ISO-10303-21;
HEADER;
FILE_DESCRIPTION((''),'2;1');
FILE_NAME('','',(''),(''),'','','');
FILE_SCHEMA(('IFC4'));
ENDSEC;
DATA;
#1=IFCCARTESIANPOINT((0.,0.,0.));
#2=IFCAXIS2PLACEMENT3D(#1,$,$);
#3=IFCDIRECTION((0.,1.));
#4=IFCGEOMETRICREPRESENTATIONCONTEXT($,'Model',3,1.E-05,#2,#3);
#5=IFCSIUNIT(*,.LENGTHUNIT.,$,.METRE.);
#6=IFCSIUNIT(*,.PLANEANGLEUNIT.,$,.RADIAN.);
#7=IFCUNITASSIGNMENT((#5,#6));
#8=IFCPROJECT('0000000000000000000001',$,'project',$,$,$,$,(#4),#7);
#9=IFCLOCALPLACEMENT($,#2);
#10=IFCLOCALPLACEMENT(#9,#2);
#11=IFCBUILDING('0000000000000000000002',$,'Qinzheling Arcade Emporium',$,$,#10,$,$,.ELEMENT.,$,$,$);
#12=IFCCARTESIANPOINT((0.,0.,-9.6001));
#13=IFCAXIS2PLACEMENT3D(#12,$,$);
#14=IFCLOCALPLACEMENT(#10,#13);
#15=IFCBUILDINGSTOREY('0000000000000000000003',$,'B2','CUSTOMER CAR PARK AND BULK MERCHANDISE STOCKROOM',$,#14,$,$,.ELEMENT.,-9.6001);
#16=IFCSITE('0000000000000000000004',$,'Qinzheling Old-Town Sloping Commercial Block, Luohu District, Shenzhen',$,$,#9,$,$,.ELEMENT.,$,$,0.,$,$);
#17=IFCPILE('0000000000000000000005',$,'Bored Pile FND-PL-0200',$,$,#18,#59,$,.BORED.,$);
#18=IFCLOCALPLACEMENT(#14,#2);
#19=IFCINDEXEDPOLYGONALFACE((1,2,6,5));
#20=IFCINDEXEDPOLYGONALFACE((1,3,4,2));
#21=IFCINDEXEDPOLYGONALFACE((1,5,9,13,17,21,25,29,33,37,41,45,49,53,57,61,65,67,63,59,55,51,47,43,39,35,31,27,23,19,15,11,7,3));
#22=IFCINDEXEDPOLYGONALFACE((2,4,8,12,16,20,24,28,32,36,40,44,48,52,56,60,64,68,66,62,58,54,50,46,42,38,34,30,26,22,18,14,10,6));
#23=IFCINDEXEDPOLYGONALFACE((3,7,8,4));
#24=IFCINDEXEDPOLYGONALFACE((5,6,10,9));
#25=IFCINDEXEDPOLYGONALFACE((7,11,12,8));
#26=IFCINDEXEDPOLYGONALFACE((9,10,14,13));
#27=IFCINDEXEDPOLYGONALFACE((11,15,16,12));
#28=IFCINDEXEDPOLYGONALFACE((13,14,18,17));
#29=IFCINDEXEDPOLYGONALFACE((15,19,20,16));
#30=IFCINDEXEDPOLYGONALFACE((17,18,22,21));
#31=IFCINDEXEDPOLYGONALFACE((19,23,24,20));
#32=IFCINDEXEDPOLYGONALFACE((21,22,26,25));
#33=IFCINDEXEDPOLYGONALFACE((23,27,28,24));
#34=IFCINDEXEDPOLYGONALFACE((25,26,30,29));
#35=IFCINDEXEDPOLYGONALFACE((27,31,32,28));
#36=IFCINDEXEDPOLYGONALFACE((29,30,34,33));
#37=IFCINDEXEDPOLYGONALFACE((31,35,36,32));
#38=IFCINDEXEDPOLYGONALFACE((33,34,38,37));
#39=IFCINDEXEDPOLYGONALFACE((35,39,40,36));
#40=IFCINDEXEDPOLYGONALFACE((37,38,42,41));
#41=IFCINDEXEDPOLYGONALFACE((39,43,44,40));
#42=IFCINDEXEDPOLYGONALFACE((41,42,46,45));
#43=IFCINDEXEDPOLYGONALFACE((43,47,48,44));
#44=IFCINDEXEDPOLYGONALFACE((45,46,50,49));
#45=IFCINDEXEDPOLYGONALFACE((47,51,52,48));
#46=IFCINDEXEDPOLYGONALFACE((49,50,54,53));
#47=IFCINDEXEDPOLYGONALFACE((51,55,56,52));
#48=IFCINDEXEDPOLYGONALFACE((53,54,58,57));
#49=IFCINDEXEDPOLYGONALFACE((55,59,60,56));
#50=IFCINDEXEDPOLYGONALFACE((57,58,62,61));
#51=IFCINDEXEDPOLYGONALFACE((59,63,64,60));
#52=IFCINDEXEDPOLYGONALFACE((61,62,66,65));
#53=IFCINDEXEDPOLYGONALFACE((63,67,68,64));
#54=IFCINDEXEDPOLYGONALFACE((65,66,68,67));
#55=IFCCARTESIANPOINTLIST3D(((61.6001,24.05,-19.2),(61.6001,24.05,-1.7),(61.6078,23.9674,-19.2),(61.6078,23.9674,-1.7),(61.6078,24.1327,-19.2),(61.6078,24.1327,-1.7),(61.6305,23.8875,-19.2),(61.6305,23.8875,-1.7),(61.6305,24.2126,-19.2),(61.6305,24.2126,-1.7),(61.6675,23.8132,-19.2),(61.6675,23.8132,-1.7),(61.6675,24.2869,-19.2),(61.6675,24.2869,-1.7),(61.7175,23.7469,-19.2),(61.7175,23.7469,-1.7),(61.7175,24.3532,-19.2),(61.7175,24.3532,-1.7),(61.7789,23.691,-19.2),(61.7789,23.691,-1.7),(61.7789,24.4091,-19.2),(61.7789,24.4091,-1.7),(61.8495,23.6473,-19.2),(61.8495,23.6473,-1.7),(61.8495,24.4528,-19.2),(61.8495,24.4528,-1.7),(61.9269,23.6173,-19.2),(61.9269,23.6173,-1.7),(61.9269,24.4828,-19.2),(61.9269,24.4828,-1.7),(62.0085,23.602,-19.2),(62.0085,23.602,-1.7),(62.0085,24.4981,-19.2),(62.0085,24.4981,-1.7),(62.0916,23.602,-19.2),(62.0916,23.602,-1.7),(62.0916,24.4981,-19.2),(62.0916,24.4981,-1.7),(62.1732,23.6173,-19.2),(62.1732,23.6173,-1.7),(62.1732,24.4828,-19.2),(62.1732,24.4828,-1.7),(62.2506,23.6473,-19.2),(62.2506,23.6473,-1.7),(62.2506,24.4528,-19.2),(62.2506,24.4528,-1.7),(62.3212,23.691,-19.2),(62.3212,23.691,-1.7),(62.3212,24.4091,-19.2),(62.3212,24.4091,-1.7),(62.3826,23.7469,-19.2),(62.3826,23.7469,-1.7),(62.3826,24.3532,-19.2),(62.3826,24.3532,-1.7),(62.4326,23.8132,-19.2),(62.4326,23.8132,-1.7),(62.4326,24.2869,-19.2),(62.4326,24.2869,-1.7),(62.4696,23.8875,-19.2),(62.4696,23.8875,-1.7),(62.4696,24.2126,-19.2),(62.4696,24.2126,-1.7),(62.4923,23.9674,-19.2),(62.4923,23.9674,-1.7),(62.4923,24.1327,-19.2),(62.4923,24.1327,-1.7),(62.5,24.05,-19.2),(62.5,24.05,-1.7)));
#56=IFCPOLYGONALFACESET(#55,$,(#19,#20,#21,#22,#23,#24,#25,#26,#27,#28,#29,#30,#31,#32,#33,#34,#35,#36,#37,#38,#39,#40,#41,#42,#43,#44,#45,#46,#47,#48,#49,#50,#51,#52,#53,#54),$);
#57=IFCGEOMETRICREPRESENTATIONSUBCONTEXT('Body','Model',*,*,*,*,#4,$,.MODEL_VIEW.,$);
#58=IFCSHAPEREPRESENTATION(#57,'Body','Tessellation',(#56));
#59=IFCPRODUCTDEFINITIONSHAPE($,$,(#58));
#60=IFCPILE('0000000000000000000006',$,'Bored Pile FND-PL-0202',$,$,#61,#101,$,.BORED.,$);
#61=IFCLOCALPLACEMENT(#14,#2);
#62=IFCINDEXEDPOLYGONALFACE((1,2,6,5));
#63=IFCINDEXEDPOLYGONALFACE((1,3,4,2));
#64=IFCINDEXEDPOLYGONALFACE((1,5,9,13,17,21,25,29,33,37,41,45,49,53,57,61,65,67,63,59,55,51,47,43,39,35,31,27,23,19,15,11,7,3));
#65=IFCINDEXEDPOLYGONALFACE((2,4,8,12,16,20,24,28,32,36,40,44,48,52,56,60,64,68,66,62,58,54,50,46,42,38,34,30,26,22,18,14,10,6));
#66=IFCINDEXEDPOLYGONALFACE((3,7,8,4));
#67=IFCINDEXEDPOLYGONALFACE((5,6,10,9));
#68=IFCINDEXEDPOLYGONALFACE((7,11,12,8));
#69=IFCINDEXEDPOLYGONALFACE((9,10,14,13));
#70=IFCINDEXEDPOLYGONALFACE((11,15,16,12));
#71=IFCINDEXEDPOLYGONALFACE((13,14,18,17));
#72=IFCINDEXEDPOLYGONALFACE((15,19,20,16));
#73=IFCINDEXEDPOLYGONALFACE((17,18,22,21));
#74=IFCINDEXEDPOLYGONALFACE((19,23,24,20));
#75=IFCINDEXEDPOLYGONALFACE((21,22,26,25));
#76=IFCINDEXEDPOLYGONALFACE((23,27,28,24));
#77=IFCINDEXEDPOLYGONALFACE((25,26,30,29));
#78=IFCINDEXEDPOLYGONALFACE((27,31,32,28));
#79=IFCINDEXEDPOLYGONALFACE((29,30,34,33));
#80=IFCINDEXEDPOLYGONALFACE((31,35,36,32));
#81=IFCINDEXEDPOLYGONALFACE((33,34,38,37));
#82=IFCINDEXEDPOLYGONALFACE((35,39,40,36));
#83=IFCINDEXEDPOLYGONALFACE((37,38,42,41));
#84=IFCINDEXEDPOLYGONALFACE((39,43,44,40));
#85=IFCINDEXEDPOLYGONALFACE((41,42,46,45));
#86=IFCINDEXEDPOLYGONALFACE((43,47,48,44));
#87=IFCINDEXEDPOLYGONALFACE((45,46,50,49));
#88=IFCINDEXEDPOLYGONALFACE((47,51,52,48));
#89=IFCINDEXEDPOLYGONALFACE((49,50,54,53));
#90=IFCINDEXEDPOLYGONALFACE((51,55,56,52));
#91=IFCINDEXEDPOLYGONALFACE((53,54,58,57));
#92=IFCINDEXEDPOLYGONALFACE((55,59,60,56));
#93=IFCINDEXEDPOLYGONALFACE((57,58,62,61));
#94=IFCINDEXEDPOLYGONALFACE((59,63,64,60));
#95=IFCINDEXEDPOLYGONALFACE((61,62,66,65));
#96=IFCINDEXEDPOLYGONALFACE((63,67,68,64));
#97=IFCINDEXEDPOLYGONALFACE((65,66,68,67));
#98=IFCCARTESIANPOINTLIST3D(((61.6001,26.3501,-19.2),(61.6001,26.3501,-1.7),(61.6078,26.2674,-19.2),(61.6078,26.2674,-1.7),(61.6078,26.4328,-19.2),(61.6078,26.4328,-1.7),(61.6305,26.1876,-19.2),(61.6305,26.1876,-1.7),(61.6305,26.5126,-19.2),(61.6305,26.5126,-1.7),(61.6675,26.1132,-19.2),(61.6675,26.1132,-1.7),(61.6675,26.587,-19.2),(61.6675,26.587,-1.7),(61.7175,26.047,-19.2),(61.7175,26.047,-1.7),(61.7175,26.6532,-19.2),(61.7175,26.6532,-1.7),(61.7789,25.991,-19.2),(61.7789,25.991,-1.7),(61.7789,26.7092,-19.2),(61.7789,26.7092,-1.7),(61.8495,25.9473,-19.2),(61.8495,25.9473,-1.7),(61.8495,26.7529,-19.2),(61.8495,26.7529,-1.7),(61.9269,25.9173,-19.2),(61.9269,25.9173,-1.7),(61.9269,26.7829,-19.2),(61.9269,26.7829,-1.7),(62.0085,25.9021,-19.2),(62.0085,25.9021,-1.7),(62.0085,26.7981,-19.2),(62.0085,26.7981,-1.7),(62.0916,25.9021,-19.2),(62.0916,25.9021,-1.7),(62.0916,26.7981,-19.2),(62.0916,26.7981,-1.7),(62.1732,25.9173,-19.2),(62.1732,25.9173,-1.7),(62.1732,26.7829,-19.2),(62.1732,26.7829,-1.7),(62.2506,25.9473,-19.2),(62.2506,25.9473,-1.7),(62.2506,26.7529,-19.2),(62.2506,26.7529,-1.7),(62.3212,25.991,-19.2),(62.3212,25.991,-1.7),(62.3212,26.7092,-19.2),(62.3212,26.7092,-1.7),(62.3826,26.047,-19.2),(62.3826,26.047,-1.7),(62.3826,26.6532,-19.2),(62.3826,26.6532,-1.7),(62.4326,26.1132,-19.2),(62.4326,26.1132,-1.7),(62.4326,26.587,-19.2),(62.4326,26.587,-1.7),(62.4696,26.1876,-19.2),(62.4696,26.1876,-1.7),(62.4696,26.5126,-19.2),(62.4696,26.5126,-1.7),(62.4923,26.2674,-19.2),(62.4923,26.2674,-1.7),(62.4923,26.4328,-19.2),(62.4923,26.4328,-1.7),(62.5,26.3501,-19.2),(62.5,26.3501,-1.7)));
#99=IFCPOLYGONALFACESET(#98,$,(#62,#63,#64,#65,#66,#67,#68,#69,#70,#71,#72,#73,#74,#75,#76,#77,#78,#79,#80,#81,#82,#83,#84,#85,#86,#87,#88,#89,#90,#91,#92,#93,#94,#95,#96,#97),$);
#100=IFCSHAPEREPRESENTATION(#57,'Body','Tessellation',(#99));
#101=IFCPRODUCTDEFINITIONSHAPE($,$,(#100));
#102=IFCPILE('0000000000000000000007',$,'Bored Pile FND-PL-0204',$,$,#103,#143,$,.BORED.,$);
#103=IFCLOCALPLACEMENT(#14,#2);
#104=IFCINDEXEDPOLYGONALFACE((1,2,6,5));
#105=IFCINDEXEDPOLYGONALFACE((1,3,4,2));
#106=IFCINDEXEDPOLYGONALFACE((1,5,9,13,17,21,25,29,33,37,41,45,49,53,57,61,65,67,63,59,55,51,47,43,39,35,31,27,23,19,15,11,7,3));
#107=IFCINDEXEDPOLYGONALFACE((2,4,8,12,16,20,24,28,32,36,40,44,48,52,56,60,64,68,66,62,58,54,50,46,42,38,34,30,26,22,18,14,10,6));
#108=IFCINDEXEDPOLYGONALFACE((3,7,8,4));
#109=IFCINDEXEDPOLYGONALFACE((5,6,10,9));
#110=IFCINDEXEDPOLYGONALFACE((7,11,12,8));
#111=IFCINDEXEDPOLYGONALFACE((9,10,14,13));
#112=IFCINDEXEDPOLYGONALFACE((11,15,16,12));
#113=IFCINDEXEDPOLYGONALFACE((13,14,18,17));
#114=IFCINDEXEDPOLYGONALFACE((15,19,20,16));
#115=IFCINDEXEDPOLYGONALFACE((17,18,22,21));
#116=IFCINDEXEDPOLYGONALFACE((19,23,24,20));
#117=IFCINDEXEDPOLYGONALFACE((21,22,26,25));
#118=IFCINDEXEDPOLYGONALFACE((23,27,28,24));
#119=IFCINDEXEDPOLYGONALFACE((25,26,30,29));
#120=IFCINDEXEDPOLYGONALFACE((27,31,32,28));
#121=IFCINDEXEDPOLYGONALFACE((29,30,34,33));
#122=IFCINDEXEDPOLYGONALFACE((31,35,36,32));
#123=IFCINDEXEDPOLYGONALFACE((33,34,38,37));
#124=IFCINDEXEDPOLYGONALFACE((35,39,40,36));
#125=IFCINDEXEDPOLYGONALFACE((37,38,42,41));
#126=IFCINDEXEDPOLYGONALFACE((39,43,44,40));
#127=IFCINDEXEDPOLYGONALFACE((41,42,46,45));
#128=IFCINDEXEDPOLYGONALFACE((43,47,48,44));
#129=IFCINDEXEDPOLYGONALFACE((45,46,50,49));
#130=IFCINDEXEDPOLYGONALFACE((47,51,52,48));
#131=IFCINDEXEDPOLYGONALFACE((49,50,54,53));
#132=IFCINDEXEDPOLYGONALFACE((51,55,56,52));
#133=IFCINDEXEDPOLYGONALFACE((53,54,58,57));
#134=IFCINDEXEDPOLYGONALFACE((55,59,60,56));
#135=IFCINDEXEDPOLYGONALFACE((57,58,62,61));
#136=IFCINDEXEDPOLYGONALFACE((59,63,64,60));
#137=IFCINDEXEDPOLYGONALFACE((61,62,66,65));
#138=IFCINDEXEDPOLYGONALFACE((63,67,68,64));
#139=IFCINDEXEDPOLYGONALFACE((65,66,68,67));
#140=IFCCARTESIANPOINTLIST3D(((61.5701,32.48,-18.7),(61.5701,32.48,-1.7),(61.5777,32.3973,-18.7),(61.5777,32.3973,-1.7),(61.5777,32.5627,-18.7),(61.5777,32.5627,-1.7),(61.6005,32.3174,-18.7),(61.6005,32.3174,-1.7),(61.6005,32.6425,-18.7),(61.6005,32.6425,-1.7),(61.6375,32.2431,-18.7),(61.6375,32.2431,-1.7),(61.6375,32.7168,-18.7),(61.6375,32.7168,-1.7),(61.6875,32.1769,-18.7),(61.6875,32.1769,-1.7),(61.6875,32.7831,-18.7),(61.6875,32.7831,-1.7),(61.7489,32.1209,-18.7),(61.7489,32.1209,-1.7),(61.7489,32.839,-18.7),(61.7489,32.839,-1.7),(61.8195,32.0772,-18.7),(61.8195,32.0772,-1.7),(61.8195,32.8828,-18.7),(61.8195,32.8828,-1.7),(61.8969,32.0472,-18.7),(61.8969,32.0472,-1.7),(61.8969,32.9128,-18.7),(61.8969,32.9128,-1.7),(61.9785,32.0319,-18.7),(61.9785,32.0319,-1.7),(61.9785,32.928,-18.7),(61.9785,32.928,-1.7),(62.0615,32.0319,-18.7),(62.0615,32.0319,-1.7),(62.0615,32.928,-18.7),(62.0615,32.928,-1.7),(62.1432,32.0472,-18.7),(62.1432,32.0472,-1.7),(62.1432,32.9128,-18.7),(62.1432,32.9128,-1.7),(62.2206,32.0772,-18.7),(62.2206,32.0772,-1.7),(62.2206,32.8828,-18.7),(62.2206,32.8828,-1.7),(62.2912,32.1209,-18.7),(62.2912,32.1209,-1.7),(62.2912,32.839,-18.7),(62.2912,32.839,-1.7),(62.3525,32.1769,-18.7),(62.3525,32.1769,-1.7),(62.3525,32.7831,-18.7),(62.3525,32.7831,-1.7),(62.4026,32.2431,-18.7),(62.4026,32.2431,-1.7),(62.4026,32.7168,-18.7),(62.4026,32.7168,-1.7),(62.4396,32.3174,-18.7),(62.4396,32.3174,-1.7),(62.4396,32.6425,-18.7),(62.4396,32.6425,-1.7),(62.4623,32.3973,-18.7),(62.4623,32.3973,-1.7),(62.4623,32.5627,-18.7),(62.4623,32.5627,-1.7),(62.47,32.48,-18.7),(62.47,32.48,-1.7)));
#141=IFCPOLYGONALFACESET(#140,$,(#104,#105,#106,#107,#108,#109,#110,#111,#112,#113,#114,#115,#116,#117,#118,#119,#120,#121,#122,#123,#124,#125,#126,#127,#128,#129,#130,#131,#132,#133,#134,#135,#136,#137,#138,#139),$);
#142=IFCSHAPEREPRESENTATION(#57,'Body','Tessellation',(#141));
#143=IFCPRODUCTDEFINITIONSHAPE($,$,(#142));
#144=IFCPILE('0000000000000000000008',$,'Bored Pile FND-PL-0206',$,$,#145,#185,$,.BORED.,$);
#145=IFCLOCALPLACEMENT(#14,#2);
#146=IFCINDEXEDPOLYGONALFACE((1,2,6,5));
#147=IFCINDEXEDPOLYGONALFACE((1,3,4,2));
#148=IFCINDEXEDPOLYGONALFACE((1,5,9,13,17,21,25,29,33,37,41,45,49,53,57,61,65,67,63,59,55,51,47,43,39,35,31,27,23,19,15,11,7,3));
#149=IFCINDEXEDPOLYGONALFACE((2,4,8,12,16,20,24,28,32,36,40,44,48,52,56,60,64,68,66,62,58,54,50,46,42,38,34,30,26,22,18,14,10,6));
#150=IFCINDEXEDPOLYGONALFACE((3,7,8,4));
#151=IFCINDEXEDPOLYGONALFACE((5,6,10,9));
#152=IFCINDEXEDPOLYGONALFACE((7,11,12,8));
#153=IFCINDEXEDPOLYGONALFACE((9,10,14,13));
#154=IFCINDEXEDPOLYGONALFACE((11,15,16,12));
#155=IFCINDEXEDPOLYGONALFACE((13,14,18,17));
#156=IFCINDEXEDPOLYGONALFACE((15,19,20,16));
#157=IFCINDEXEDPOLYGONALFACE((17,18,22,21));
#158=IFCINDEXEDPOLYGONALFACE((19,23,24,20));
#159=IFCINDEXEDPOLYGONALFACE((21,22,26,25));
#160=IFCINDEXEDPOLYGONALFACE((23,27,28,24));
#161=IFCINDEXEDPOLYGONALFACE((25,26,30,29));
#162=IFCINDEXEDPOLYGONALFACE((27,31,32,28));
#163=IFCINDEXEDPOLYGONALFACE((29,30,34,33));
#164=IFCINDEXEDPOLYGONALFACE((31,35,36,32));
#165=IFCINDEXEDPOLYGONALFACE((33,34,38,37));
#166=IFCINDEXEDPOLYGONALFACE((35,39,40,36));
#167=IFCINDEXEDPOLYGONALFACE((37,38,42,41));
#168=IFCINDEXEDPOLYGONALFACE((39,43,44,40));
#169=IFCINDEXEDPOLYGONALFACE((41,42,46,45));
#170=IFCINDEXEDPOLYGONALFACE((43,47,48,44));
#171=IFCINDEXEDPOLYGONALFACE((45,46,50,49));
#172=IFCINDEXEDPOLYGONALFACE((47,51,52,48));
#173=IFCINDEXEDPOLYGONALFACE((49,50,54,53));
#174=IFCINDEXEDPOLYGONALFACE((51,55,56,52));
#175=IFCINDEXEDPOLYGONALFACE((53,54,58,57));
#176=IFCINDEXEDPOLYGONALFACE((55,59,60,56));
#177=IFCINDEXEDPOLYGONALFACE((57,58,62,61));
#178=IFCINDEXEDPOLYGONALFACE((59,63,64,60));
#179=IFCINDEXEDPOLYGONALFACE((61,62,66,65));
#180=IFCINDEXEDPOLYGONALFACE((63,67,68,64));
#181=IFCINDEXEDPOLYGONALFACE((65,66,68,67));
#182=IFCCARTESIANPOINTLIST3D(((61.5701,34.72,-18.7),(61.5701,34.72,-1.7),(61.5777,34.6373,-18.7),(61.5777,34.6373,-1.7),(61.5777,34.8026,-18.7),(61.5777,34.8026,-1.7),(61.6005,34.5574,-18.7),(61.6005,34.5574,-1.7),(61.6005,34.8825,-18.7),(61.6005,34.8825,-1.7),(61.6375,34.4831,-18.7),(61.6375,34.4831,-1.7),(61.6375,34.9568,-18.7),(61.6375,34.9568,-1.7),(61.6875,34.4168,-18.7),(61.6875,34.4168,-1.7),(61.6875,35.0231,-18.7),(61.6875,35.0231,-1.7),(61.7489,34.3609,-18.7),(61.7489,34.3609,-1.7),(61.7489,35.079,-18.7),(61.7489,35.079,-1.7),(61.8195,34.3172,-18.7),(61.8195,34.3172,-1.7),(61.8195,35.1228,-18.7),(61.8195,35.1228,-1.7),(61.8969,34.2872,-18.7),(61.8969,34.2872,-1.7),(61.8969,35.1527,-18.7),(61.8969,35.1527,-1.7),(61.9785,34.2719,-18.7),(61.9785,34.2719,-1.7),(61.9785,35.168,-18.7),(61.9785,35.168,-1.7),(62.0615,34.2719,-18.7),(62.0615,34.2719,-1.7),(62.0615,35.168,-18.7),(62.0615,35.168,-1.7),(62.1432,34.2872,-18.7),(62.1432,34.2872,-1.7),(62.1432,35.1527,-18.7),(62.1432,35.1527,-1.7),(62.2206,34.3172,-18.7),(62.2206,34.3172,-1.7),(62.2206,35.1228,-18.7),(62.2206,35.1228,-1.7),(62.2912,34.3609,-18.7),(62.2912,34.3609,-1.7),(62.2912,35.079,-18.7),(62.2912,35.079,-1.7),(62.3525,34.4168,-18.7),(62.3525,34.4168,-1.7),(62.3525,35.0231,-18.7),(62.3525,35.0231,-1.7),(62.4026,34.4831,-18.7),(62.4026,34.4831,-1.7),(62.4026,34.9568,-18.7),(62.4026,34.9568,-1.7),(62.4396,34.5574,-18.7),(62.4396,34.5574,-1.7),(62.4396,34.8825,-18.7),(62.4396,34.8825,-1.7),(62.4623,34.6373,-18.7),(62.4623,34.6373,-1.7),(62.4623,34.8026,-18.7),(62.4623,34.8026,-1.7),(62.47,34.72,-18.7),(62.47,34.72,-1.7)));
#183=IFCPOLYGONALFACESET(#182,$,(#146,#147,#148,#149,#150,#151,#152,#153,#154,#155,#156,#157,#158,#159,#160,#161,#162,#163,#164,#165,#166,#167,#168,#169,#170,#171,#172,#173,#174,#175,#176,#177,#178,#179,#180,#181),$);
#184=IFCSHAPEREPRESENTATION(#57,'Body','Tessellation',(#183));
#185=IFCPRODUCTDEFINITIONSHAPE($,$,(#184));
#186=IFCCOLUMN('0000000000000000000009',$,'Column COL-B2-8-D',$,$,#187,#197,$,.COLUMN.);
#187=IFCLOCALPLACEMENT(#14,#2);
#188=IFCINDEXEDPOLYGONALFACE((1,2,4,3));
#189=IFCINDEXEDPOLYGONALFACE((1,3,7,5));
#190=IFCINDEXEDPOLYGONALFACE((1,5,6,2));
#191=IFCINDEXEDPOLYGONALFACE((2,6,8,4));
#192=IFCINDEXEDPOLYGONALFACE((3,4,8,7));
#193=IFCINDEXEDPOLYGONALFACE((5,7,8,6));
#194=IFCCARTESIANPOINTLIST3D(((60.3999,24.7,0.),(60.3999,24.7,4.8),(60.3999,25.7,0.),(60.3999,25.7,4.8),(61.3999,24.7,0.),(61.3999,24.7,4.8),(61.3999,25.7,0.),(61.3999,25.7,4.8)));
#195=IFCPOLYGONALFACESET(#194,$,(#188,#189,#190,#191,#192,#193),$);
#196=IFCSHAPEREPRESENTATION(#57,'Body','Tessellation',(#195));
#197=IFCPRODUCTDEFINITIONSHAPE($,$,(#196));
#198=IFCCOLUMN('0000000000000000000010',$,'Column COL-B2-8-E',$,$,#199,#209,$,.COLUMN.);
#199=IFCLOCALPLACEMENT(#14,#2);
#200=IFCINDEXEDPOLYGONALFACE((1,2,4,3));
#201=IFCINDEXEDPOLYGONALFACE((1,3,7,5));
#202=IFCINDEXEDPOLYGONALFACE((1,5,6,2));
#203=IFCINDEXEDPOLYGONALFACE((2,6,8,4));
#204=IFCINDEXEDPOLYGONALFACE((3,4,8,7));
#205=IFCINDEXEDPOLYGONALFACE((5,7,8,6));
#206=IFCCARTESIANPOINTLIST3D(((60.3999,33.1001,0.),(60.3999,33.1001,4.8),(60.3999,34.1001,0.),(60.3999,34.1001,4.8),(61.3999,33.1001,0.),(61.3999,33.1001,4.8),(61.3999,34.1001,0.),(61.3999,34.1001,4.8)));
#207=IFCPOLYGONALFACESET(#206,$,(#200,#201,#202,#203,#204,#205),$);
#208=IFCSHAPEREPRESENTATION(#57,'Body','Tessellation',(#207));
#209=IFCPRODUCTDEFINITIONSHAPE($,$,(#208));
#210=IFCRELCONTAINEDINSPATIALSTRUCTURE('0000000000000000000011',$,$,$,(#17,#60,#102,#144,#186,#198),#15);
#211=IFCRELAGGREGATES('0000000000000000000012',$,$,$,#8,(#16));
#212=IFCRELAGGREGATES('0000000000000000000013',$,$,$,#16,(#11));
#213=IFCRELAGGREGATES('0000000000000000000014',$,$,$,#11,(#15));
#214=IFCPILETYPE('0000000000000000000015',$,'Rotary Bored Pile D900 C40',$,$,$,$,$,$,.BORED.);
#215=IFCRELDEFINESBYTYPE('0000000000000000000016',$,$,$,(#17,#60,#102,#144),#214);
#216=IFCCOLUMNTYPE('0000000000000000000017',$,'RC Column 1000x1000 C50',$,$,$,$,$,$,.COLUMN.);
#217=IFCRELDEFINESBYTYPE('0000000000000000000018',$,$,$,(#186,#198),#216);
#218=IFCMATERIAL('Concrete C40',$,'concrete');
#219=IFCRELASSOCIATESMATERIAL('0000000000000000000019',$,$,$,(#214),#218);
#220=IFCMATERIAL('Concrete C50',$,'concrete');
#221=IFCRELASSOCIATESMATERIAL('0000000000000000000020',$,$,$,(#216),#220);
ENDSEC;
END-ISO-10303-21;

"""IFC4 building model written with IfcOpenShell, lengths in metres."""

from ifc_helpers import new_model, si_unit, direction, frame, origin, origin_2d, place, context, subcontext, project, spatial, rectangle, circle, extrude, material, material_profile, profile_set, type_object, element, save


model = new_model("IFC4")

# Units and contexts
model_context = context("Model", 3, precision=1e-05, world=origin(), true_north=direction((0.0, 1.0)))
body_context = subcontext(model_context, "Body", "Model", "MODEL_VIEW")
ifc_project = project(units=[si_unit("LENGTHUNIT", "METRE"), si_unit("PLANEANGLEUNIT", "RADIAN")], contexts=[model_context])

# Site, building, storey
site_placement = place(None, origin())
site = spatial("IfcSite", under=ifc_project, at=site_placement, Name="Qinzheling Old-Town Sloping Commercial Block, Luohu District, Shenzhen", CompositionType="ELEMENT", RefElevation=0.0)
building_placement = place(site_placement, origin())
building = spatial("IfcBuilding", under=site, at=building_placement, Name="Qinzheling Arcade Emporium", CompositionType="ELEMENT")
storey_placement = place(building_placement, frame((0.0, 0.0, -9.6001)))
storey = spatial("IfcBuildingStorey", under=building, at=storey_placement, Name="B2", Description="CUSTOMER CAR PARK AND BULK MERCHANDISE STOCKROOM", CompositionType="ELEMENT", Elevation=-9.6001)

# Shared definitions
ifc_material_1 = material(Name="Concrete C40", Category="concrete")

# Piles
ifc_material_profile_1 = material_profile(ifc_material_1, circle(Radius=0.45, at=origin_2d()), Name="BORED D900", Category="concrete")
ifc_profile_set_1 = profile_set([ifc_material_profile_1], Name="Concrete C40")
pile_type_1 = type_object("IfcPileType", Name="Rotary Bored Pile D900 C40", PredefinedType="BORED", material=ifc_profile_set_1)
for number, where, z_axis, x_axis, name in (
    (1, (62.05, 24.05, -1.7), (0.0, 0.0, -1.0), (1.0, 0.0, 0.0), "Bored Pile FND-PL-0200"),
    (2, (62.05, 26.3501, -1.7), (0.0, 0.0, -1.0), (1.0, 0.0, 0.0), "Bored Pile FND-PL-0202"),
):
    element("IfcPile", number, at=place(storey_placement, frame(where, z_axis=z_axis, x_axis=x_axis)), inside=storey, type_object=pile_type_1, Name=name, PredefinedType="BORED", context=body_context, shape_type="SweptSolid", body=[
        extrude(circle(Radius=0.45, at=origin_2d()), origin(), (0.0, 0.0, 1.0), 17.5),
    ])
for number, where, z_axis, x_axis, name in (
    (3, (62.02, 32.48, -1.7), (0.0, 0.0, -1.0), (1.0, 0.0, 0.0), "Bored Pile FND-PL-0204"),
    (4, (62.02, 34.72, -1.7), (0.0, 0.0, -1.0), (1.0, 0.0, 0.0), "Bored Pile FND-PL-0206"),
):
    element("IfcPile", number, at=place(storey_placement, frame(where, z_axis=z_axis, x_axis=x_axis)), inside=storey, type_object=pile_type_1, Name=name, PredefinedType="BORED", context=body_context, shape_type="SweptSolid", body=[
        extrude(circle(Radius=0.45, at=origin_2d()), origin(), (0.0, 0.0, 1.0), 17.0),
    ])

# Columns
ifc_material_2 = material(Name="Concrete C50", Category="concrete")
ifc_material_profile_2 = material_profile(ifc_material_2, rectangle(XDim=1.0, YDim=1.0, at=origin_2d()), Name="RC 1000x1000", Category="concrete")
ifc_profile_set_2 = profile_set([ifc_material_profile_2], Name="Concrete C50")
column_type = type_object("IfcColumnType", Name="RC Column 1000x1000 C50", PredefinedType="COLUMN", material=ifc_profile_set_2)
for number, where, z_axis, x_axis, name in (
    (5, (60.8999, 25.2, 0.0), (0.0, 0.0, 1.0), (1.0, 0.0, 0.0), "Column COL-B2-8-D"),
    (6, (60.8999, 33.6001, 0.0), (0.0, 0.0, 1.0), (1.0, 0.0, 0.0), "Column COL-B2-8-E"),
):
    element("IfcColumn", number, at=place(storey_placement, frame(where, z_axis=z_axis, x_axis=x_axis)), inside=storey, type_object=column_type, Name=name, PredefinedType="COLUMN", context=body_context, shape_type="SweptSolid", body=[
        extrude(rectangle(XDim=1.0, YDim=1.0, at=origin_2d()), origin(), (0.0, 0.0, 1.0), 4.8),
    ])

save(model, "model.ifc")
